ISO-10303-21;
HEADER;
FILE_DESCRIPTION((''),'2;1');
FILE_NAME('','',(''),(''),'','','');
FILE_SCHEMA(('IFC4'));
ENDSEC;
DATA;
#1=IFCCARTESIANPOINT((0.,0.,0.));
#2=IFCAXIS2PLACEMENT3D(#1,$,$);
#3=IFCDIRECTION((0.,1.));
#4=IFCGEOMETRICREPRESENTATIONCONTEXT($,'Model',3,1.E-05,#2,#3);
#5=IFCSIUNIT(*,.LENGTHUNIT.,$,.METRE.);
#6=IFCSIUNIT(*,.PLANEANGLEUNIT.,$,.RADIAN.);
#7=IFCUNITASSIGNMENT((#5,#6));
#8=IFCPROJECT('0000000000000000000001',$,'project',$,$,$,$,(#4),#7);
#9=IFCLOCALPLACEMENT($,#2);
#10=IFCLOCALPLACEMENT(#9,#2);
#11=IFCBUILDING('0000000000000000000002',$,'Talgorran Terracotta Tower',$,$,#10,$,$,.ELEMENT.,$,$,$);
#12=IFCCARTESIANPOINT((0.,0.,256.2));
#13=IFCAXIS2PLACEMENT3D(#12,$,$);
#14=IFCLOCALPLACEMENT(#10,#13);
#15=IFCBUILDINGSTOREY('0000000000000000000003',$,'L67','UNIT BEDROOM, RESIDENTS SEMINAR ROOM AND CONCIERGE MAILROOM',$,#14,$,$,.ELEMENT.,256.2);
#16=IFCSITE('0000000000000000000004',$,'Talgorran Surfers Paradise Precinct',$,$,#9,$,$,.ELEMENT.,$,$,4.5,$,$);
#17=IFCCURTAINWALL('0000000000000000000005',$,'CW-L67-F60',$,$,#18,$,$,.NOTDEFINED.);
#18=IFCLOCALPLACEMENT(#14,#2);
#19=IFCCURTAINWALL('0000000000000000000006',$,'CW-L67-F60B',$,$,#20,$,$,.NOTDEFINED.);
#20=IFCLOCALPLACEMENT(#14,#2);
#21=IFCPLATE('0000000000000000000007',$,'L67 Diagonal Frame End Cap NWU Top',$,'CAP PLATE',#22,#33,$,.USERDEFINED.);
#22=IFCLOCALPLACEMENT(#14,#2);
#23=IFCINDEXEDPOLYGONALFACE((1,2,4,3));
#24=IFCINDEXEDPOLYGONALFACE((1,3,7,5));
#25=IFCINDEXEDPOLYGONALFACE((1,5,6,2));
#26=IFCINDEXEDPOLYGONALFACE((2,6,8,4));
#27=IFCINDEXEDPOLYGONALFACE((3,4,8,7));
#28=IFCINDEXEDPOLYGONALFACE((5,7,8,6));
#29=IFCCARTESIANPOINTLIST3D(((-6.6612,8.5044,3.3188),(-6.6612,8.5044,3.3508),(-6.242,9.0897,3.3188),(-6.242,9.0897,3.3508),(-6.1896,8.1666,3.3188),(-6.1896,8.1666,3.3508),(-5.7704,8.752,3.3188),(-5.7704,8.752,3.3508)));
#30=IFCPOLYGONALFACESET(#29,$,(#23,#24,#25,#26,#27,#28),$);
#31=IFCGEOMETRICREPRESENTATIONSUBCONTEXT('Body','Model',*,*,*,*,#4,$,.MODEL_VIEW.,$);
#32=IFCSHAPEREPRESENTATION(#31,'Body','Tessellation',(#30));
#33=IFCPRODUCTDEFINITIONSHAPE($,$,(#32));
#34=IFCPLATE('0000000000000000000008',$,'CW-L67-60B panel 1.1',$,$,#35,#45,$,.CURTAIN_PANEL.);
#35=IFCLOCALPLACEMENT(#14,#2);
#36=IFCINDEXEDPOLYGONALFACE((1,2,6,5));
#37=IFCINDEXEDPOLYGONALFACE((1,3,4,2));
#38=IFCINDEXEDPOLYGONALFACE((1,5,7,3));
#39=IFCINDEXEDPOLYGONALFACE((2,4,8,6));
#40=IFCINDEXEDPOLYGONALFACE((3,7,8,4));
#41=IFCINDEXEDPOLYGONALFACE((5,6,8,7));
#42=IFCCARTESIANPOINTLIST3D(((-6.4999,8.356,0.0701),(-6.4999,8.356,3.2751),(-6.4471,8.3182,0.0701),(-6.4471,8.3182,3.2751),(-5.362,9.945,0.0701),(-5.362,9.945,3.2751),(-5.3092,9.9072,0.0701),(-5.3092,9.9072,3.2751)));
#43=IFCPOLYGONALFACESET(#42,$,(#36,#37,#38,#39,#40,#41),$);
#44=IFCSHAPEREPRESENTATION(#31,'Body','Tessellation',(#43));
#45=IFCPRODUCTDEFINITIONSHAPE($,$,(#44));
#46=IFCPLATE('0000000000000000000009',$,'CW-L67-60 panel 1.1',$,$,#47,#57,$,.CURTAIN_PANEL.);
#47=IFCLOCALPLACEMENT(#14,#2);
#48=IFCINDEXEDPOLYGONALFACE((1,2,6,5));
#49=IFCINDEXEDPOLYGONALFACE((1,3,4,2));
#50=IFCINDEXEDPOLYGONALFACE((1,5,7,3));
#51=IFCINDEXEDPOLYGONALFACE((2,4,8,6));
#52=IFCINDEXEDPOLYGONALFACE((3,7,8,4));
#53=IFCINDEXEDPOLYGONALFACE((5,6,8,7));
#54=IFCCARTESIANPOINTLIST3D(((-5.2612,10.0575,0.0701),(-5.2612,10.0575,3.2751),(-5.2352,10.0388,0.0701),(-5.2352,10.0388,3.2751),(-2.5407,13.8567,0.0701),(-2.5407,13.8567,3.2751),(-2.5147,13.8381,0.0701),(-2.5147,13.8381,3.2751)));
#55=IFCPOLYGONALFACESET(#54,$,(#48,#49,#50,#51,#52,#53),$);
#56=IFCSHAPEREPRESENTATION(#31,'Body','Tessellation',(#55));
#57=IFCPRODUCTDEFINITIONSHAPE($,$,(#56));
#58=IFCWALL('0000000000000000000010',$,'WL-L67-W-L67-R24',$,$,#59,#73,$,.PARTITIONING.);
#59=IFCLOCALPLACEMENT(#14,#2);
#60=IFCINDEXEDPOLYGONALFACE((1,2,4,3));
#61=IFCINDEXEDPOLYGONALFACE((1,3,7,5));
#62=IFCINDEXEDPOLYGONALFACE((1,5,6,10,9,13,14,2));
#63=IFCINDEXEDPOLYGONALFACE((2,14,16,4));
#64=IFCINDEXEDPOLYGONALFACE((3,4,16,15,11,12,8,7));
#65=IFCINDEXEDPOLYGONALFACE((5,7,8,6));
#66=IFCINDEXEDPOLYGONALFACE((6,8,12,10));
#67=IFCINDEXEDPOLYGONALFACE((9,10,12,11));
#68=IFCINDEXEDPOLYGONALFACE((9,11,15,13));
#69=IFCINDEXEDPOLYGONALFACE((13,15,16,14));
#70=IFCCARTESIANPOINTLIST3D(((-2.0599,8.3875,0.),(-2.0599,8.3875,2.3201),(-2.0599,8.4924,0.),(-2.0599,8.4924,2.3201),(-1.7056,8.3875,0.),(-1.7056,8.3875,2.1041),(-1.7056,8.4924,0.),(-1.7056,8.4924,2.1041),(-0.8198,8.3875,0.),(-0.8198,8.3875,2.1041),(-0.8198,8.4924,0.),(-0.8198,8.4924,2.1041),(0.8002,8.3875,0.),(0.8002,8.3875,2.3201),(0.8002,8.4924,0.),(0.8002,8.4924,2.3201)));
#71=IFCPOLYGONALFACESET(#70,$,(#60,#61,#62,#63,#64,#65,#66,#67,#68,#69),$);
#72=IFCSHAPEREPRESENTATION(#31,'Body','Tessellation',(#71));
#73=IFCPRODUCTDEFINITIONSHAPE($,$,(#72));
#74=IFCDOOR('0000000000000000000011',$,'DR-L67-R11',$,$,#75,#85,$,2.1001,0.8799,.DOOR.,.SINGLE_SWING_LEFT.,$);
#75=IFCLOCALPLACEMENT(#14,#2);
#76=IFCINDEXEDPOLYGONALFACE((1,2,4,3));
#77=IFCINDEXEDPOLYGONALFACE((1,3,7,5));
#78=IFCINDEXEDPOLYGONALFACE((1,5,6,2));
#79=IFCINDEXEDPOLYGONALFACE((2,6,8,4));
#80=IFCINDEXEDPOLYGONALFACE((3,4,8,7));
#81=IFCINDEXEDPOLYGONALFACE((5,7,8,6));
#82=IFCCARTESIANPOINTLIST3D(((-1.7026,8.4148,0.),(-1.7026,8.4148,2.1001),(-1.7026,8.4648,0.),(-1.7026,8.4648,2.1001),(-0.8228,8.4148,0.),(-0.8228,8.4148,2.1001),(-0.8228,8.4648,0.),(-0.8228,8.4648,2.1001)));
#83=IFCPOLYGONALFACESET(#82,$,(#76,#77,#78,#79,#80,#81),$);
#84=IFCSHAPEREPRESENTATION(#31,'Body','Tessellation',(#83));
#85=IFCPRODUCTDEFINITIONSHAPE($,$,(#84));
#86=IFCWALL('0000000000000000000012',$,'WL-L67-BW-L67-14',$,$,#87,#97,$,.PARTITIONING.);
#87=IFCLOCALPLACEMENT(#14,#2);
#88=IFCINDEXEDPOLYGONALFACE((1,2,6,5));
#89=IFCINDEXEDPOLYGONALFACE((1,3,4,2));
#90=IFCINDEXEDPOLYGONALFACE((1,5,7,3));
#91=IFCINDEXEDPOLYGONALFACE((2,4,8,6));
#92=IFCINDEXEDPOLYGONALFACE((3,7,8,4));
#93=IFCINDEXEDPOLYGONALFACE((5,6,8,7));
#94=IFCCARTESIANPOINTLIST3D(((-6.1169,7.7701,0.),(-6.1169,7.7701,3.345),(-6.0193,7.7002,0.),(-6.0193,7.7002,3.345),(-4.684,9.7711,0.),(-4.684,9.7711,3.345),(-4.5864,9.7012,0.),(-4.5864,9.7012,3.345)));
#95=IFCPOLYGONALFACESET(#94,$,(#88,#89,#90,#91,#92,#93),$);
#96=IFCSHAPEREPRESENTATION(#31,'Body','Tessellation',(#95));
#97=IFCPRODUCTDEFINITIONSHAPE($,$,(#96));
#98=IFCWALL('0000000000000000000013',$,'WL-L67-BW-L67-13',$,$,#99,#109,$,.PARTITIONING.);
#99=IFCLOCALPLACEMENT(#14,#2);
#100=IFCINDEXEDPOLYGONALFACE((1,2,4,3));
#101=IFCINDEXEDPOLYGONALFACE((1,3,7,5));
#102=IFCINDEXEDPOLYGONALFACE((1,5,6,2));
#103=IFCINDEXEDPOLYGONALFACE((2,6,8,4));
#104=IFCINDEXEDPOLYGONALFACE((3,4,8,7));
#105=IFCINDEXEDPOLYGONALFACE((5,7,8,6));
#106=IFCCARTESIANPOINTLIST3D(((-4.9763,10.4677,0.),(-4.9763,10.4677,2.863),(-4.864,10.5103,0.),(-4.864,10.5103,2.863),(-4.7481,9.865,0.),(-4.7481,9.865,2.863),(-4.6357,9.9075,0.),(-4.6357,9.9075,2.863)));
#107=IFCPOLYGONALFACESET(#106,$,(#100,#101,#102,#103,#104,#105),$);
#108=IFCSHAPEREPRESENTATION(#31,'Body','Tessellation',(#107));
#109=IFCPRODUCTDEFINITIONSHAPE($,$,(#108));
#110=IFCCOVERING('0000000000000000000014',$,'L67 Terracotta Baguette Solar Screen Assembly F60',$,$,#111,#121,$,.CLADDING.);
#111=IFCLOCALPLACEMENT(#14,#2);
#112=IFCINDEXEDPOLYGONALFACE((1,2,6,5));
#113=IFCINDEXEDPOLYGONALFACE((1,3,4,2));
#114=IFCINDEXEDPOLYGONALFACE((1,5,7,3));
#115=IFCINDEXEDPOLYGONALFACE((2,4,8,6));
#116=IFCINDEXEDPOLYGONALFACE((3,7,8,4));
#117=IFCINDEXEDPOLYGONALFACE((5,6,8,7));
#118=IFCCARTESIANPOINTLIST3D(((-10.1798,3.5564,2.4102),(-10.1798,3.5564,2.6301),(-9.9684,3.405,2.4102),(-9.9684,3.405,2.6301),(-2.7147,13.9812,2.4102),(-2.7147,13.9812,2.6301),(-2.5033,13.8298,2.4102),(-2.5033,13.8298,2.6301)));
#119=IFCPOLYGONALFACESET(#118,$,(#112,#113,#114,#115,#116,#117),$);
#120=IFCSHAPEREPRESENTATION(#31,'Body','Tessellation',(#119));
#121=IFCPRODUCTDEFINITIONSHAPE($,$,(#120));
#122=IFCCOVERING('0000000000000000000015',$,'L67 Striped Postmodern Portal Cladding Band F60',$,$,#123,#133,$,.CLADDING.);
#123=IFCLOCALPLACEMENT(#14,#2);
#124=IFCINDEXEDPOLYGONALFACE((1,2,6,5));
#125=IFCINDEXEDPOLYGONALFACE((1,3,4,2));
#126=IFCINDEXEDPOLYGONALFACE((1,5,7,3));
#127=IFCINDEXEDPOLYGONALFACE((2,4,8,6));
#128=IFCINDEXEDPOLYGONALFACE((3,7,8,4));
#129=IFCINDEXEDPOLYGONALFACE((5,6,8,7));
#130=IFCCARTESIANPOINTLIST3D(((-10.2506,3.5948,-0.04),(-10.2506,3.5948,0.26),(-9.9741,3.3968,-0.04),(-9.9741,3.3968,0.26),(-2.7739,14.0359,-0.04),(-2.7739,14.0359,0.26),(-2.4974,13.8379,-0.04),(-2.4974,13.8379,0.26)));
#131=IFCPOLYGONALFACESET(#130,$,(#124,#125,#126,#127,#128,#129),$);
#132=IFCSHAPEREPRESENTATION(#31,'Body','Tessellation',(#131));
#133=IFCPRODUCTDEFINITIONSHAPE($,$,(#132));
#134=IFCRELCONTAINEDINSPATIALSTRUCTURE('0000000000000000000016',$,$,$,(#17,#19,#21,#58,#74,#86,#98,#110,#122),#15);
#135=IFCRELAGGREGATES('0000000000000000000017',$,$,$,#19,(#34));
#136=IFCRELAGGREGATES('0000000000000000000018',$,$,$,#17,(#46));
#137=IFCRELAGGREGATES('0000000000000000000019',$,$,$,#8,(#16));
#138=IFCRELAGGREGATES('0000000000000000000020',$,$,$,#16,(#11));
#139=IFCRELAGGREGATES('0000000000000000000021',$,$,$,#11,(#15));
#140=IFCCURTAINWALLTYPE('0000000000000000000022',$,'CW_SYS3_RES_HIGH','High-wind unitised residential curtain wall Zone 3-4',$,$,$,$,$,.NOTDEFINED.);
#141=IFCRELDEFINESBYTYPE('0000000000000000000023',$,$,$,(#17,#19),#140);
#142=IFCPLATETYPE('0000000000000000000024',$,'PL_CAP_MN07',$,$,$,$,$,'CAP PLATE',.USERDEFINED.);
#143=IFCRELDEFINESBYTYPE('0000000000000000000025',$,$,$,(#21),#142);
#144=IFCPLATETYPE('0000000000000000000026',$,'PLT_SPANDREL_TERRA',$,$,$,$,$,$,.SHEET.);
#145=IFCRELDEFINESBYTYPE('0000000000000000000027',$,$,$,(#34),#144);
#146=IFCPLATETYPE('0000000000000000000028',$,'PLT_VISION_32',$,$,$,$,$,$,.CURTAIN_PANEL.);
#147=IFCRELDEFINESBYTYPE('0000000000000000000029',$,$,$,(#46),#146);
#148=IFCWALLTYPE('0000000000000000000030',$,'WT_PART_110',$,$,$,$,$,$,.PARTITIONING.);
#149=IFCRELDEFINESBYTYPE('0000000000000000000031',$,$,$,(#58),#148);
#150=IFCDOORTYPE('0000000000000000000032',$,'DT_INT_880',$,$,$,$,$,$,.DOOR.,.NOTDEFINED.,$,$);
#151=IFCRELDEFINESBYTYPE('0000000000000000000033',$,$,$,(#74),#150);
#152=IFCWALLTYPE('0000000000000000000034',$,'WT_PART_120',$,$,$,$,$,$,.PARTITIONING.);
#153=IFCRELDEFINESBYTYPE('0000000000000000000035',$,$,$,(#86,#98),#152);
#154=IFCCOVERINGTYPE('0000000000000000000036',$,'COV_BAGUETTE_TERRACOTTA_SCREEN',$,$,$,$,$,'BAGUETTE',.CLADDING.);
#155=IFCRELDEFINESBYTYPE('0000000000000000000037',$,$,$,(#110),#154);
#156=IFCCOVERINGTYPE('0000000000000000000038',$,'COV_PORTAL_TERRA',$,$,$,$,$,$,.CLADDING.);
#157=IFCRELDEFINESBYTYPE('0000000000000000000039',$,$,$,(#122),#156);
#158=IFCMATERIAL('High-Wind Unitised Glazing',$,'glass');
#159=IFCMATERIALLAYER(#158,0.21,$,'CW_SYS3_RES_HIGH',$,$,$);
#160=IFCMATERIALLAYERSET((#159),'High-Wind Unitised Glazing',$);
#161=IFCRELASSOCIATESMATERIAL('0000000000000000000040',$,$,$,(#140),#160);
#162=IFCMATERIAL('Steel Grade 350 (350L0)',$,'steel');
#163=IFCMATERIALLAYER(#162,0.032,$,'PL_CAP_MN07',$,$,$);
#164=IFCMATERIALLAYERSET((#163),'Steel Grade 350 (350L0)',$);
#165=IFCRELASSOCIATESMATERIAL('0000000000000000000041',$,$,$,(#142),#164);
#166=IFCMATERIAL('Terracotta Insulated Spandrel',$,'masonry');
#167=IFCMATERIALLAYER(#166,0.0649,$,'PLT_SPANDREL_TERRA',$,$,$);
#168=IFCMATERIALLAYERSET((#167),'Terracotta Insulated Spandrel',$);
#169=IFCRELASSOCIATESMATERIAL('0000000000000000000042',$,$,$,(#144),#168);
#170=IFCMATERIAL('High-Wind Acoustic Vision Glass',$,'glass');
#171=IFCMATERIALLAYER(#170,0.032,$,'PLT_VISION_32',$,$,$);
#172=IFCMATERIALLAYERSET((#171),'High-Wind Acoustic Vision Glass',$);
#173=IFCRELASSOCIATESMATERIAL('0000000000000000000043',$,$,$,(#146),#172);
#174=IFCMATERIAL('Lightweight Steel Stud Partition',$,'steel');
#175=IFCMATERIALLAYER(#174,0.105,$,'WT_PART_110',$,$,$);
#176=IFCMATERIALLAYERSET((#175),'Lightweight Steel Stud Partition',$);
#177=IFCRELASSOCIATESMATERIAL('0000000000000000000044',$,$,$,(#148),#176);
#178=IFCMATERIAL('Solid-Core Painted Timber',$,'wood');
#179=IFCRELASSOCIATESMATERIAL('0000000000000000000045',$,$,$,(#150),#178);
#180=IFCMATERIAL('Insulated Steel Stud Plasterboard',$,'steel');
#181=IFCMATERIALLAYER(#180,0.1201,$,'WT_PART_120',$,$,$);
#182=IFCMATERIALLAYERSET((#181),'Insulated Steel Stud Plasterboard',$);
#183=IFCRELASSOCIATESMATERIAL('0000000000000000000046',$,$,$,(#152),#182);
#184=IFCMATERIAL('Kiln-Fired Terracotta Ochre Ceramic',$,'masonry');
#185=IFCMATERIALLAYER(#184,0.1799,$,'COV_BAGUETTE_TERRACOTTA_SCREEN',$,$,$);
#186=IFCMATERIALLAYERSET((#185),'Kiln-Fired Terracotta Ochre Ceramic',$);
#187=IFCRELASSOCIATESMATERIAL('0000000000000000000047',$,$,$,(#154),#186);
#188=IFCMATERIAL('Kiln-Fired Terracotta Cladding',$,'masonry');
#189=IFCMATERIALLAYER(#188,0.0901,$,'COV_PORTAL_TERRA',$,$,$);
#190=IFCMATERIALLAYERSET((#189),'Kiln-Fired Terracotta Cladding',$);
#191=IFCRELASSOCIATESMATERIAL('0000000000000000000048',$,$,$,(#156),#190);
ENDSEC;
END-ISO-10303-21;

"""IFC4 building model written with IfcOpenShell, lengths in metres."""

from ifc_helpers import new_model, si_unit, direction, frame, frame_2d, origin, origin_2d, place, context, subcontext, project, spatial, rectangle, extrude, source, transform, mapped, material, layer, layer_set, type_object, type_shapes, element, fill, aggregate, save


model = new_model("IFC4")

# Units and contexts
model_context = context("Model", 3, precision=1e-05, world=origin(), true_north=direction((0.0, 1.0)))
body_context = subcontext(model_context, "Body", "Model", "MODEL_VIEW")
ifc_project = project(units=[si_unit("LENGTHUNIT", "METRE"), si_unit("PLANEANGLEUNIT", "RADIAN")], contexts=[model_context])

# Site, building, storey
site_placement = place(None, origin())
site = spatial("IfcSite", under=ifc_project, at=site_placement, Name="Talgorran Surfers Paradise Precinct", CompositionType="ELEMENT", RefElevation=4.5)
building_placement = place(site_placement, origin())
building = spatial("IfcBuilding", under=site, at=building_placement, Name="Talgorran Terracotta Tower", CompositionType="ELEMENT")
storey_placement = place(building_placement, frame((0.0, 0.0, 256.2)))
storey = spatial("IfcBuildingStorey", under=building, at=storey_placement, Name="L67", Description="UNIT BEDROOM, RESIDENTS SEMINAR ROOM AND CONCIERGE MAILROOM", CompositionType="ELEMENT", Elevation=256.2)

# Shared definitions
ifc_material_1 = material(Name="Steel Grade 350 (350L0)", Category="steel")

# Shared definitions
ifc_material_2 = material(Name="High-Wind Unitised Glazing", Category="glass")
ifc_layer_1 = layer(ifc_material_2, 0.21, Name="CW_SYS3_RES_HIGH")
ifc_layer_set_1 = layer_set([ifc_layer_1], Name="High-Wind Unitised Glazing")
curtain_wall_type = type_object("IfcCurtainWallType", Name="CW_SYS3_RES_HIGH", Description="High-wind unitised residential curtain wall Zone 3-4", PredefinedType="NOTDEFINED", material=ifc_layer_set_1)

# Curtain wall
curtain_wall_1_placement = place(storey_placement, origin())
curtain_wall_1 = element("IfcCurtainWall", 1, at=curtain_wall_1_placement, inside=storey, type_object=curtain_wall_type, Name="CW-L67-F60", PredefinedType="NOTDEFINED")

# Curtain wall
curtain_wall_2_placement = place(storey_placement, origin())
curtain_wall_2 = element("IfcCurtainWall", 2, at=curtain_wall_2_placement, inside=storey, type_object=curtain_wall_type, Name="CW-L67-F60B", PredefinedType="NOTDEFINED")

# Plate
ifc_layer_2 = layer(ifc_material_1, 0.032, Name="PL_CAP_MN07")
ifc_layer_set_2 = layer_set([ifc_layer_2], Name="Steel Grade 350 (350L0)")
plate_type_1 = type_object("IfcPlateType", Name="PL_CAP_MN07", ElementType="CAP PLATE", PredefinedType="USERDEFINED", material=ifc_layer_set_2)
for number, where, z_axis, x_axis, name in (
    (3, (-6.2158, 8.6282, 3.3188), (0.0, 0.0, 1.0), (-0.582265, -0.812999, 0.0), "L67 Diagonal Frame End Cap NWU Top"),
):
    element("IfcPlate", number, at=place(storey_placement, frame(where, z_axis=z_axis, x_axis=x_axis)), inside=storey, type_object=plate_type_1, Name=name, ObjectType="CAP PLATE", PredefinedType="USERDEFINED", context=body_context, shape_type="SweptSolid", body=[
        extrude(rectangle(XDim=0.72, YDim=0.5801, at=origin_2d()), origin(), (0.0, 0.0, 1.0), 0.032),
    ])

# Plates
ifc_material_3 = material(Name="Terracotta Insulated Spandrel", Category="masonry")
ifc_layer_3 = layer(ifc_material_3, 0.0649, Name="PLT_SPANDREL_TERRA")
ifc_layer_set_3 = layer_set([ifc_layer_3], Name="Terracotta Insulated Spandrel")
plate_type_2 = type_object("IfcPlateType", Name="PLT_SPANDREL_TERRA", PredefinedType="SHEET", material=ifc_layer_set_3)
shared_shape_1 = source(origin(), body_context, "Body", "SweptSolid", [
    extrude(rectangle(XDim=1.9543, YDim=0.0649, at=origin_2d()), origin(), (0.0, 0.0, 1.0), 3.2051),
])
type_shapes(plate_type_2, [shared_shape_1])
plate_1_placement = place(storey_placement, frame((-5.9045, 9.1316, 0.0701), z_axis=(0.0, 0.0, 1.0), x_axis=(-0.582222, -0.81303, 0.0)))
plate_1 = element("IfcPlate", 4, at=plate_1_placement, type_object=plate_type_2, Name="CW-L67-60B panel 1.1", PredefinedType="CURTAIN_PANEL", context=body_context, shape_type="MappedRepresentation", body=[
    mapped(shared_shape_1, transform((0.0, 0.0, 0.0), scale=1.0)),
])
aggregate(curtain_wall_2, [plate_1])
ifc_material_4 = material(Name="High-Wind Acoustic Vision Glass", Category="glass")
ifc_layer_4 = layer(ifc_material_4, 0.032, Name="PLT_VISION_32")
ifc_layer_set_4 = layer_set([ifc_layer_4], Name="High-Wind Acoustic Vision Glass")
plate_type_3 = type_object("IfcPlateType", Name="PLT_VISION_32", PredefinedType="CURTAIN_PANEL", material=ifc_layer_set_4)
shared_shape_2 = source(origin(), body_context, "Body", "SweptSolid", [
    extrude(rectangle(XDim=4.6729, YDim=0.032, at=origin_2d()), origin(), (0.0, 0.0, 1.0), 3.2051),
])
type_shapes(plate_type_3, [shared_shape_2])
plate_2_placement = place(storey_placement, frame((-3.8879, 11.9478, 0.0701), z_axis=(0.0, 0.0, 1.0), x_axis=(-0.582205, -0.813042, 0.0)))
plate_2 = element("IfcPlate", 5, at=plate_2_placement, type_object=plate_type_3, Name="CW-L67-60 panel 1.1", PredefinedType="CURTAIN_PANEL", context=body_context, shape_type="MappedRepresentation", body=[
    mapped(shared_shape_2, transform((0.0, 0.0, 0.0), scale=1.0)),
])
aggregate(curtain_wall_1, [plate_2])

# Wall, opening, door
ifc_material_5 = material(Name="Lightweight Steel Stud Partition", Category="steel")
ifc_layer_5 = layer(ifc_material_5, 0.105, Name="WT_PART_110")
ifc_layer_set_5 = layer_set([ifc_layer_5], Name="Lightweight Steel Stud Partition")
wall_type_1 = type_object("IfcWallType", Name="WT_PART_110", PredefinedType="PARTITIONING", material=ifc_layer_set_5)
wall_1_placement = place(storey_placement, frame((-2.0601, 8.4399, 0.0), z_axis=(0.0, 0.0, 1.0), x_axis=(1.0, 0.0, 0.0)))
wall_1 = element("IfcWall", 6, at=wall_1_placement, inside=storey, type_object=wall_type_1, Name="WL-L67-W-L67-R24", PredefinedType="PARTITIONING", context=body_context, shape_type="SweptSolid", body=[
    extrude(rectangle(XDim=2.8601, YDim=0.105, at=frame_2d((1.4302, 0.0))), origin(), (0.0, 0.0, 1.0), 2.3201),
])
opening_placement = place(wall_1_placement, frame((0.3574, 0.0, 0.0)))
opening = element("IfcOpeningElement", 7, at=opening_placement, cuts=wall_1, PredefinedType="OPENING", context=body_context, shape_type="SweptSolid", body=[
    extrude(rectangle(XDim=0.8859, YDim=2.1041, at=frame_2d((0.4399, 1.052))), frame((0.0, 0.0625, 0.0), z_axis=(0.0, -1.0, 0.0), x_axis=(1.0, 0.0, 0.0)), (0.0, 0.0, 1.0), 0.125),
])
ifc_material_6 = material(Name="Solid-Core Painted Timber", Category="wood")
door_type = type_object("IfcDoorType", Name="DT_INT_880", OperationType="NOTDEFINED", PredefinedType="DOOR", material=ifc_material_6)
door_placement = place(opening_placement, origin())
door = element("IfcDoor", 8, at=door_placement, inside=storey, type_object=door_type, Name="DR-L67-R11", OperationType="SINGLE_SWING_LEFT", OverallHeight=2.1001, OverallWidth=0.8799, PredefinedType="DOOR", context=body_context, shape_type="SweptSolid", body=[
    extrude(rectangle(XDim=0.8799, YDim=2.1001, at=frame_2d((0.4399, 1.05))), frame((0.0, 0.0249, 0.0), z_axis=(0.0, -1.0, 0.0), x_axis=(1.0, 0.0, 0.0)), (0.0, 0.0, 1.0), 0.05),
])
fill(opening, door)

# Walls
ifc_material_7 = material(Name="Insulated Steel Stud Plasterboard", Category="steel")
ifc_layer_6 = layer(ifc_material_7, 0.1201, Name="WT_PART_120")
ifc_layer_set_6 = layer_set([ifc_layer_6], Name="Insulated Steel Stud Plasterboard")
wall_type_2 = type_object("IfcWallType", Name="WT_PART_120", PredefinedType="PARTITIONING", material=ifc_layer_set_6)
wall_2_placement = place(storey_placement, frame((-4.6353, 9.7361, 0.0), z_axis=(0.0, 0.0, 1.0), x_axis=(-0.582204, -0.813043, 0.0)))
element("IfcWall", 9, at=wall_2_placement, inside=storey, type_object=wall_type_2, Name="WL-L67-BW-L67-14", PredefinedType="PARTITIONING", context=body_context, shape_type="SweptSolid", body=[
    extrude(rectangle(XDim=2.4612, YDim=0.1201, at=frame_2d((1.2305, 0.0))), origin(), (0.0, 0.0, 1.0), 3.345),
])
wall_3_placement = place(storey_placement, frame((-4.9202, 10.489, 0.0), z_axis=(0.0, 0.0, 1.0), x_axis=(0.354152, -0.935188, 0.0)))
element("IfcWall", 10, at=wall_3_placement, inside=storey, type_object=wall_type_2, Name="WL-L67-BW-L67-13", PredefinedType="PARTITIONING", context=body_context, shape_type="SweptSolid", body=[
    extrude(rectangle(XDim=0.6445, YDim=0.1201, at=frame_2d((0.3223, 0.0))), origin(), (0.0, 0.0, 1.0), 2.863),
])

# Coverings
ifc_material_8 = material(Name="Kiln-Fired Terracotta Ochre Ceramic", Category="masonry")
ifc_layer_7 = layer(ifc_material_8, 0.1799, Name="COV_BAGUETTE_TERRACOTTA_SCREEN")
ifc_layer_set_7 = layer_set([ifc_layer_7], Name="Kiln-Fired Terracotta Ochre Ceramic")
covering_type_1 = type_object("IfcCoveringType", Name="COV_BAGUETTE_TERRACOTTA_SCREEN", ElementType="BAGUETTE", PredefinedType="CLADDING", material=ifc_layer_set_7)
covering_1_placement = place(storey_placement, frame((-6.3416, 8.6931, 2.4102), z_axis=(0.0, 0.0, 1.0), x_axis=(-0.582208, -0.81304, 0.0)))
element("IfcCovering", 11, at=covering_1_placement, inside=storey, type_object=covering_type_1, Name="L67 Terracotta Baguette Solar Screen Assembly F60", PredefinedType="CLADDING", context=body_context, shape_type="SweptSolid", body=[
    extrude(rectangle(XDim=12.822, YDim=0.26, at=origin_2d()), origin(), (0.0, 0.0, 1.0), 0.22),
])
ifc_material_9 = material(Name="Kiln-Fired Terracotta Cladding", Category="masonry")
ifc_layer_8 = layer(ifc_material_9, 0.0901, Name="COV_PORTAL_TERRA")
ifc_layer_set_8 = layer_set([ifc_layer_8], Name="Kiln-Fired Terracotta Cladding")
covering_type_2 = type_object("IfcCoveringType", Name="COV_PORTAL_TERRA", PredefinedType="CLADDING", material=ifc_layer_set_8)
covering_2_placement = place(storey_placement, frame((-6.374, 8.7163, -0.04), z_axis=(0.0, 0.0, 1.0), x_axis=(-0.582208, -0.81304, 0.0)))
element("IfcCovering", 12, at=covering_2_placement, inside=storey, type_object=covering_type_2, Name="L67 Striped Postmodern Portal Cladding Band F60", PredefinedType="CLADDING", context=body_context, shape_type="SweptSolid", body=[
    extrude(rectangle(XDim=12.842, YDim=0.3401, at=origin_2d()), origin(), (0.0, 0.0, 1.0), 0.3),
])

save(model, "model.ifc")
